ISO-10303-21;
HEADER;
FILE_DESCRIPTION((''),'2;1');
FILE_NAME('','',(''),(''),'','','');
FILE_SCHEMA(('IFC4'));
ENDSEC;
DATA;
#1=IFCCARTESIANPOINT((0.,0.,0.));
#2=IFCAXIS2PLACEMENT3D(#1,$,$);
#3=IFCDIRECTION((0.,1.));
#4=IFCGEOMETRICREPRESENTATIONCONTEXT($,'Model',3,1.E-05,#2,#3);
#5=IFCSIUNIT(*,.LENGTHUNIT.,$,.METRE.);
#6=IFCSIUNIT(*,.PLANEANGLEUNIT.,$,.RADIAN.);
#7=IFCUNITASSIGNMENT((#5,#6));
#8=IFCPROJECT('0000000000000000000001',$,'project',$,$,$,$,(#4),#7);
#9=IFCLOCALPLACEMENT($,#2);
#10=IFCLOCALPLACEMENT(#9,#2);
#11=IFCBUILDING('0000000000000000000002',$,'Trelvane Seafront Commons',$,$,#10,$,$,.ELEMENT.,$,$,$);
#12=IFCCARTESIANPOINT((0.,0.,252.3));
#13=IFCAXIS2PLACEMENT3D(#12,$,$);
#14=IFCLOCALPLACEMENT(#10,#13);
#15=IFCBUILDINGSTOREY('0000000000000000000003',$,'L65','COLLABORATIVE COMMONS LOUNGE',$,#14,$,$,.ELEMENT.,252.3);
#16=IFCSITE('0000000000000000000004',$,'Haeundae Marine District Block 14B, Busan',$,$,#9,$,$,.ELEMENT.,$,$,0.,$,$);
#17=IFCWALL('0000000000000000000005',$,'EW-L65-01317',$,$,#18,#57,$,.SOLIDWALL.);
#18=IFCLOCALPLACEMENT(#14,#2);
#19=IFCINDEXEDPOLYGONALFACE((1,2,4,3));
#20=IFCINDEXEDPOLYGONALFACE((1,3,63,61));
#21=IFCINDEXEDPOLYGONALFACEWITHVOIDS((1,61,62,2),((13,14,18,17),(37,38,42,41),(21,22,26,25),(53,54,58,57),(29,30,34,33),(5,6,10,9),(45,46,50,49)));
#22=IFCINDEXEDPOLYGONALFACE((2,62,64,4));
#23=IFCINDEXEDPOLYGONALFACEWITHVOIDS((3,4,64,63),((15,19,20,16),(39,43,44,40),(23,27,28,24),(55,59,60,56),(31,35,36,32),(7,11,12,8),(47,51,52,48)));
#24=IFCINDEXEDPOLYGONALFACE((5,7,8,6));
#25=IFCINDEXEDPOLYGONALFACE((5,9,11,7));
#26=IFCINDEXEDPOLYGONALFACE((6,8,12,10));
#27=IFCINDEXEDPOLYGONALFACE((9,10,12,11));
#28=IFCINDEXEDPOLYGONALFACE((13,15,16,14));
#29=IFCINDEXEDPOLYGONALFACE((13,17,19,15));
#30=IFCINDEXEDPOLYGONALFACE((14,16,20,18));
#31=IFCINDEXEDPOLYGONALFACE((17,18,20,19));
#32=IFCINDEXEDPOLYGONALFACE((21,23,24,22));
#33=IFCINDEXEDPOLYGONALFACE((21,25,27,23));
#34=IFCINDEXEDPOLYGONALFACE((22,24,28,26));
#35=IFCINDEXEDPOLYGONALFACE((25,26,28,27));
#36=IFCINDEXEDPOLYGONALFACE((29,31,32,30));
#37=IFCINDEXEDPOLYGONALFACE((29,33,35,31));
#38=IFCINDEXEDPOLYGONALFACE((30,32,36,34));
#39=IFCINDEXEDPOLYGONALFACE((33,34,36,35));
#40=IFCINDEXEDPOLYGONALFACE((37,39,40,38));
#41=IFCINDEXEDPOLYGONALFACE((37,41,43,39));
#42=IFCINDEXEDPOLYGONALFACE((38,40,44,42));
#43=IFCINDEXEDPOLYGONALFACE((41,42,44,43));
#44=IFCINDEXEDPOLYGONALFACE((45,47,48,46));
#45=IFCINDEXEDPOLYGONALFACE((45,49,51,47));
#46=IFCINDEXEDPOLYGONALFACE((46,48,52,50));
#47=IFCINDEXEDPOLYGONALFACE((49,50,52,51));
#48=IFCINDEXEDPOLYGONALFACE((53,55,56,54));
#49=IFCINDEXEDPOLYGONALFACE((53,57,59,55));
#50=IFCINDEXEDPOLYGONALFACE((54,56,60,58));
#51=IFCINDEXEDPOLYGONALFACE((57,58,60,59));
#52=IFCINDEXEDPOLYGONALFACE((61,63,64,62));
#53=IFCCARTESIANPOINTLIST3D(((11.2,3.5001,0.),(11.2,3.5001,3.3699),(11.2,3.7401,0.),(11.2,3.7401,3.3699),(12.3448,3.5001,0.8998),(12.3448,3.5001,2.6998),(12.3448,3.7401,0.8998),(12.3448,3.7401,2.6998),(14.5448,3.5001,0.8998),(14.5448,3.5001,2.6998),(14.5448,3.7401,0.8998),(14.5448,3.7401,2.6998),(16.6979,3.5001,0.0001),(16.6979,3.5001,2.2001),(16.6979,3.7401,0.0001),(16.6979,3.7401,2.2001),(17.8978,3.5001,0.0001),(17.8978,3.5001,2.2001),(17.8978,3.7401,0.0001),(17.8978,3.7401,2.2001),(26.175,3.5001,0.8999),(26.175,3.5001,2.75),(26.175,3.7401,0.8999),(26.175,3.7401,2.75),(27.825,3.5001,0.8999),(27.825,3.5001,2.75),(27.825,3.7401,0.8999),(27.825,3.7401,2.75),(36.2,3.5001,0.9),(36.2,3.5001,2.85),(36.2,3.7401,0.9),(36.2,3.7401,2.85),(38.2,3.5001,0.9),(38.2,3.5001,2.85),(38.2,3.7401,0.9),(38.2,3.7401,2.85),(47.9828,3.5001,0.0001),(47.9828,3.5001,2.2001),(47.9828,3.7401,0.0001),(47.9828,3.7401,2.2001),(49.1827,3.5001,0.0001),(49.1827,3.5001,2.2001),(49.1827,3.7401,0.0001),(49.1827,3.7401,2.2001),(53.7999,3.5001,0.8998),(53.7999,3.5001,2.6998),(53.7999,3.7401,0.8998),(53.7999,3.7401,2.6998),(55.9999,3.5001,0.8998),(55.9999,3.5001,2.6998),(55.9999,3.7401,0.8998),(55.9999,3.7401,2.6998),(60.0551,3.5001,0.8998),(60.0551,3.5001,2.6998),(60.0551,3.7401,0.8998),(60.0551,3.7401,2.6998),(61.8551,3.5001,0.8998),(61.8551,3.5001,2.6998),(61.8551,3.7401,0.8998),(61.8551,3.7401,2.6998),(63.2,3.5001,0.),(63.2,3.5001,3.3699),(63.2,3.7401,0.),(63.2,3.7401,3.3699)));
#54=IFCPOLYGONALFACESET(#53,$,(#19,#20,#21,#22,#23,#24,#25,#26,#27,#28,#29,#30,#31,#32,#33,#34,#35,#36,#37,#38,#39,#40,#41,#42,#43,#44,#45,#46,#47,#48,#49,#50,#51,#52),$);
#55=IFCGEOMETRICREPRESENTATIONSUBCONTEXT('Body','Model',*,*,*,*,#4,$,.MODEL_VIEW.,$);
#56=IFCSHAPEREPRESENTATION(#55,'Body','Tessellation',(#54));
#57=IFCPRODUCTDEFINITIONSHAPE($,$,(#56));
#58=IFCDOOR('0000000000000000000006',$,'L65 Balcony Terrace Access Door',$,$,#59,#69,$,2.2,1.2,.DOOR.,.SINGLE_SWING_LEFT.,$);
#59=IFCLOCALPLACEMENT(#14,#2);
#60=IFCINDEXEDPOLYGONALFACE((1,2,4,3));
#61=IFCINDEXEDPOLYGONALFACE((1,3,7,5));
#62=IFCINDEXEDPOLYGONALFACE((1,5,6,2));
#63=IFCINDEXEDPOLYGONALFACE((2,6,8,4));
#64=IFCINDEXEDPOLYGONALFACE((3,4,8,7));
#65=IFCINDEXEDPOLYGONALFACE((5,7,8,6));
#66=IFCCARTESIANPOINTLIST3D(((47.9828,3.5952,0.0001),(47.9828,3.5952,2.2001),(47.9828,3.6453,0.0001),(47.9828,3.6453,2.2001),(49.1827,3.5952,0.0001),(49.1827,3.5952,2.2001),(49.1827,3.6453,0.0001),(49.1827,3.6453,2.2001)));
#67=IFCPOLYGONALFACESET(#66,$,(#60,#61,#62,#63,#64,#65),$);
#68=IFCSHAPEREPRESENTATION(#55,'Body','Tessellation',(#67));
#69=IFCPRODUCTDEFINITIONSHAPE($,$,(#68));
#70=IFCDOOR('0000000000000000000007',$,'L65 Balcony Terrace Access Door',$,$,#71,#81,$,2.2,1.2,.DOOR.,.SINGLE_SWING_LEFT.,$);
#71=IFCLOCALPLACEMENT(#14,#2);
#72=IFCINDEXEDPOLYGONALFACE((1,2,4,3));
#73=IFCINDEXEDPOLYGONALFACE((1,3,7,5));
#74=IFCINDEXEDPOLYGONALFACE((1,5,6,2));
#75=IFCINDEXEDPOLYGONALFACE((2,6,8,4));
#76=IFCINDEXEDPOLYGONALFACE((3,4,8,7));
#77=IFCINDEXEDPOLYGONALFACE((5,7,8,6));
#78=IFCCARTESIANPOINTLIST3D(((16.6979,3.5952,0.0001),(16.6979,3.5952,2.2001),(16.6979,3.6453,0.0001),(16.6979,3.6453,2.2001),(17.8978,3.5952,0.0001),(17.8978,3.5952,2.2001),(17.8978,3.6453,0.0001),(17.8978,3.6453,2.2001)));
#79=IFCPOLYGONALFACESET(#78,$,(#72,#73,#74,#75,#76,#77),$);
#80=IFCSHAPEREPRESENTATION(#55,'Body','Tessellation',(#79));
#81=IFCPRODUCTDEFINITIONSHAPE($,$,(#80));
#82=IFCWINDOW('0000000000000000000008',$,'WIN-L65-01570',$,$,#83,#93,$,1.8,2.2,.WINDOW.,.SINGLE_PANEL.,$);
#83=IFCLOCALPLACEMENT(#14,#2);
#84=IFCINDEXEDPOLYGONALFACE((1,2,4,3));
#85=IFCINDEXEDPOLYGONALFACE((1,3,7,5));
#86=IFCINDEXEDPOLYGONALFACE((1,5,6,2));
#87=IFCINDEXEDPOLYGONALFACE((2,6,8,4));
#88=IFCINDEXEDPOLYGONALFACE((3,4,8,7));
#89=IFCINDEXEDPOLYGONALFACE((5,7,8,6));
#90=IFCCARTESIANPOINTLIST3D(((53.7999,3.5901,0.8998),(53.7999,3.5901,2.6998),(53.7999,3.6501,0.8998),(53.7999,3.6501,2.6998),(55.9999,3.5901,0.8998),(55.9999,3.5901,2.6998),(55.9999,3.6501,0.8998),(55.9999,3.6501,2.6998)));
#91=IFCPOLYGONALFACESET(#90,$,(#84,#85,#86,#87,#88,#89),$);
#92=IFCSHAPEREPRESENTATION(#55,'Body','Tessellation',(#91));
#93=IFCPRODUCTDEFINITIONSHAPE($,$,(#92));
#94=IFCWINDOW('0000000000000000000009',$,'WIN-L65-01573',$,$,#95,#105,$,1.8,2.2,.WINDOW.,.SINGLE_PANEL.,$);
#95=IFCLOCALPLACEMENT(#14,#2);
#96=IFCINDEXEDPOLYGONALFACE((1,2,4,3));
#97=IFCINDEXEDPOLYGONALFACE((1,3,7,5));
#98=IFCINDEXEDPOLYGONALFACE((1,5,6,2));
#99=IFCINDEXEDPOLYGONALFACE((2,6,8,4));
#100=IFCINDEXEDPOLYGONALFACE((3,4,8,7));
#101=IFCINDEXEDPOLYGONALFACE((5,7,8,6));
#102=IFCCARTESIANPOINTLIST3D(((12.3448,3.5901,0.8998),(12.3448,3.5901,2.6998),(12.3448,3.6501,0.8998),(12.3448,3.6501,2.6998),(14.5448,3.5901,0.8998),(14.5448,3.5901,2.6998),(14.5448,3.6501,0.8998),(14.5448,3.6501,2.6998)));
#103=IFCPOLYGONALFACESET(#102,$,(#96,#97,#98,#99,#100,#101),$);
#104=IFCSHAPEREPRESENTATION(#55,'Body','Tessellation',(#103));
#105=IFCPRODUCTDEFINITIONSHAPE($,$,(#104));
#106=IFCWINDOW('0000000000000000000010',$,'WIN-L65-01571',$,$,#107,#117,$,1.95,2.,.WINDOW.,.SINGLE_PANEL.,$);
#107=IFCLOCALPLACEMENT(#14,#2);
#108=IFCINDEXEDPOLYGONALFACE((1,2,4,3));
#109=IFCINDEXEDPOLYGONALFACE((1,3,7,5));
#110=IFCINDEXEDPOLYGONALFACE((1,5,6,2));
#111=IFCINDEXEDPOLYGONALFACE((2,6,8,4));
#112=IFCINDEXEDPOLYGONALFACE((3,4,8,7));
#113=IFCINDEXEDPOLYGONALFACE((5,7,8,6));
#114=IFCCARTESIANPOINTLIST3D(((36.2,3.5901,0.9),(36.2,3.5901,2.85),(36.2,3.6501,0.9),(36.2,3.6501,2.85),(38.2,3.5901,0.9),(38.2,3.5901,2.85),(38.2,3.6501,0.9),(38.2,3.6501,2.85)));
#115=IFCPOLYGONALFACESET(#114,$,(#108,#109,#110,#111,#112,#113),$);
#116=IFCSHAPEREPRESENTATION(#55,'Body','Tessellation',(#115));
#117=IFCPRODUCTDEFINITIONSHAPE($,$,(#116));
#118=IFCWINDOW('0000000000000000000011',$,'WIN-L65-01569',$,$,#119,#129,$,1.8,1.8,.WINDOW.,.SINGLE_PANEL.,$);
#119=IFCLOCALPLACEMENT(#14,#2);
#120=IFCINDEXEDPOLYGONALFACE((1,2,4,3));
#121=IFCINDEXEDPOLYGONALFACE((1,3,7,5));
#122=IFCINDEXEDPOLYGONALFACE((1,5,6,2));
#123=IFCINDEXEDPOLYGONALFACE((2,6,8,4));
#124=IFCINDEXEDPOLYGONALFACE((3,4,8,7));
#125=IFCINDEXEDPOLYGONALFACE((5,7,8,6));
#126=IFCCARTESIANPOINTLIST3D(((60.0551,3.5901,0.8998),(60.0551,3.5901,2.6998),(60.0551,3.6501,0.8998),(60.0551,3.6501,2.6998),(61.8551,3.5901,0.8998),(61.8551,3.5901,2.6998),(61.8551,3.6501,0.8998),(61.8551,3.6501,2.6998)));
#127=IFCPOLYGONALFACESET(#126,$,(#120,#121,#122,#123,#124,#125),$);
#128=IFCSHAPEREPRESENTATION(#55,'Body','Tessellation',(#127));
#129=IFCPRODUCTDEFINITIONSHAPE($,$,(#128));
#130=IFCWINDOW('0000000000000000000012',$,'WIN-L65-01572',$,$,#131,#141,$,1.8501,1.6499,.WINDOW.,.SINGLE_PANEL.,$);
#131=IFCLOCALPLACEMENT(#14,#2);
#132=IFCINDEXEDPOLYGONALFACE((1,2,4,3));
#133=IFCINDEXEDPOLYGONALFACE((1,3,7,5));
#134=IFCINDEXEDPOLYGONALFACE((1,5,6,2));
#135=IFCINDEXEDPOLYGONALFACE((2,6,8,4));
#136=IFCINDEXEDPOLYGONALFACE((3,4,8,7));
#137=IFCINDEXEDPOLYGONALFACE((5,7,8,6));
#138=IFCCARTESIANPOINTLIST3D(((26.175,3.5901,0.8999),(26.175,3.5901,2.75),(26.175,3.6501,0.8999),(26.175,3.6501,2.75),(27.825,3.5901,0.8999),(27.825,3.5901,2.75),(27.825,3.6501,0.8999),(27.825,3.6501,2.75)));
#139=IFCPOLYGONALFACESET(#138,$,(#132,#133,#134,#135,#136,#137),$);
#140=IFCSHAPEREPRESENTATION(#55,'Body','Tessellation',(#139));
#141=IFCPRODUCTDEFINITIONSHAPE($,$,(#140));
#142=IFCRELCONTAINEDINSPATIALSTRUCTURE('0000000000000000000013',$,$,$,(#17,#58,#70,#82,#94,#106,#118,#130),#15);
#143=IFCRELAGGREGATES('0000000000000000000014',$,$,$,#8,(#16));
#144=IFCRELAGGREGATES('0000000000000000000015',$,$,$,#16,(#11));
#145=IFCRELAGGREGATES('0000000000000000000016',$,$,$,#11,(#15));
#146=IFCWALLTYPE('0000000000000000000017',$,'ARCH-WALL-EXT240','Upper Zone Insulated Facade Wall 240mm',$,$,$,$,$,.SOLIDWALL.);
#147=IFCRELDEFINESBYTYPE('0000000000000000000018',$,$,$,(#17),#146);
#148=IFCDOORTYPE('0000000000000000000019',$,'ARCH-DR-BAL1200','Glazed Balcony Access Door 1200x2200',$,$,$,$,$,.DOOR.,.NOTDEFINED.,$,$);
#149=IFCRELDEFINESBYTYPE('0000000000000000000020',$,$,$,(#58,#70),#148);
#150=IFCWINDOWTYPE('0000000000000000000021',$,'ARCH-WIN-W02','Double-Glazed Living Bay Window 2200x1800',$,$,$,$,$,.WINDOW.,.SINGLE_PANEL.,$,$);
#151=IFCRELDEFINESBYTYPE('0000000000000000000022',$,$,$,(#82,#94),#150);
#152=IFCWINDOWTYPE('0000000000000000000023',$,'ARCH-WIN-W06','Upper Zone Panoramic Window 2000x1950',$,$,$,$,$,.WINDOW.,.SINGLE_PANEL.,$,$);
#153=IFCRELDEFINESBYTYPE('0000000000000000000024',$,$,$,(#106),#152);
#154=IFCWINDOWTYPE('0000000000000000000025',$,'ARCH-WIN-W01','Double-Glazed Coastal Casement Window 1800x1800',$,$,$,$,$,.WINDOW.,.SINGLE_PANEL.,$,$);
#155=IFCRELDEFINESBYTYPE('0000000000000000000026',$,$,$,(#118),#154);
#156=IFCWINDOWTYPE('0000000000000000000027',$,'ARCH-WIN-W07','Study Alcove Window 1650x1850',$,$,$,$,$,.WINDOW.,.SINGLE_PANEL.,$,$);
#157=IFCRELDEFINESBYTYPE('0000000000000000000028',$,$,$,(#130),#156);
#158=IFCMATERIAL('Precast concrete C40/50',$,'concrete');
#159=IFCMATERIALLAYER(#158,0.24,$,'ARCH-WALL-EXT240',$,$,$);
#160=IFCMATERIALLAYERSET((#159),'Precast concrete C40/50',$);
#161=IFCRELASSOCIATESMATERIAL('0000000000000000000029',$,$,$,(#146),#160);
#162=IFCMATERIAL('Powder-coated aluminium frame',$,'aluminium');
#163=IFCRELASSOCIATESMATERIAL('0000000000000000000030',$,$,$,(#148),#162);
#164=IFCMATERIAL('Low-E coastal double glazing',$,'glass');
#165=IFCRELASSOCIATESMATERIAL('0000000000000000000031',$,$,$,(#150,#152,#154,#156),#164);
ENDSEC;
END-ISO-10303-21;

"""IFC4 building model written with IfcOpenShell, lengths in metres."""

from ifc_helpers import new_model, si_unit, direction, frame, frame_2d, origin, place, context, subcontext, project, spatial, rectangle, extrude, source, transform, mapped, material, layer, layer_set, type_object, element, fill, save


model = new_model("IFC4")

# Units and contexts
model_context = context("Model", 3, precision=1e-05, world=origin(), true_north=direction((0.0, 1.0)))
body_context = subcontext(model_context, "Body", "Model", "MODEL_VIEW")
ifc_project = project(units=[si_unit("LENGTHUNIT", "METRE"), si_unit("PLANEANGLEUNIT", "RADIAN")], contexts=[model_context])

# Site, building, storey
site_placement = place(None, origin())
site = spatial("IfcSite", under=ifc_project, at=site_placement, Name="Haeundae Marine District Block 14B, Busan", CompositionType="ELEMENT", RefElevation=0.0)
building_placement = place(site_placement, origin())
building = spatial("IfcBuilding", under=site, at=building_placement, Name="Trelvane Seafront Commons", CompositionType="ELEMENT")
storey_placement = place(building_placement, frame((0.0, 0.0, 252.3)))
storey = spatial("IfcBuildingStorey", under=building, at=storey_placement, Name="L65", Description="COLLABORATIVE COMMONS LOUNGE", CompositionType="ELEMENT", Elevation=252.3)

# Shared definitions
ifc_material_1 = material(Name="Precast concrete C40/50", Category="concrete")
ifc_layer_1 = layer(ifc_material_1, 0.24, Name="ARCH-WALL-EXT240")
ifc_layer_set_1 = layer_set([ifc_layer_1], Name="Precast concrete C40/50")
wall_type_1 = type_object("IfcWallType", Name="ARCH-WALL-EXT240", Description="Upper Zone Insulated Facade Wall 240mm", PredefinedType="SOLIDWALL", material=ifc_layer_set_1)

# Wall, openings, doors, windows
wall_1_placement = place(storey_placement, frame((63.2, 3.6201, 0.0), z_axis=(0.0, 0.0, 1.0), x_axis=(-1.0, 0.0, 0.0)))
wall_1 = element("IfcWall", 1, at=wall_1_placement, inside=storey, type_object=wall_type_1, Name="EW-L65-01317", PredefinedType="SOLIDWALL", context=body_context, shape_type="SweptSolid", body=[
    extrude(rectangle(XDim=52.0, YDim=0.24, at=frame_2d((26.0, 0.0))), origin(), (0.0, 0.0, 1.0), 3.3699),
])
opening_1_placement = place(wall_1_placement, frame((1.345, 0.0, 0.8999)))
opening_1 = element("IfcOpeningElement", 2, at=opening_1_placement, cuts=wall_1, PredefinedType="OPENING", context=body_context, shape_type="SweptSolid", body=[
    extrude(rectangle(XDim=1.8, YDim=1.8, at=frame_2d((0.8999, 0.8999))), frame((0.0, 0.1299, 0.0), z_axis=(0.0, -1.0, 0.0), x_axis=(1.0, 0.0, 0.0)), (0.0, 0.0, 1.0), 0.26),
])
opening_2_placement = place(wall_1_placement, frame((7.2, 0.0, 0.8999)))
opening_2 = element("IfcOpeningElement", 3, at=opening_2_placement, cuts=wall_1, PredefinedType="OPENING", context=body_context, shape_type="SweptSolid", body=[
    extrude(rectangle(XDim=2.2, YDim=1.8, at=frame_2d((1.1001, 0.8999))), frame((0.0, 0.1299, 0.0), z_axis=(0.0, -1.0, 0.0), x_axis=(1.0, 0.0, 0.0)), (0.0, 0.0, 1.0), 0.26),
])
opening_3_placement = place(wall_1_placement, frame((14.0171, 0.0, 0.0)))
opening_3 = element("IfcOpeningElement", 4, at=opening_3_placement, cuts=wall_1, PredefinedType="OPENING", context=body_context, shape_type="SweptSolid", body=[
    extrude(rectangle(XDim=1.2, YDim=2.2, at=frame_2d((0.6001, 1.1001))), frame((0.0, 0.1299, 0.0), z_axis=(0.0, -1.0, 0.0), x_axis=(1.0, 0.0, 0.0)), (0.0, 0.0, 1.0), 0.26),
])
opening_4_placement = place(wall_1_placement, frame((25.0, 0.0, 0.8999)))
opening_4 = element("IfcOpeningElement", 5, at=opening_4_placement, cuts=wall_1, PredefinedType="OPENING", context=body_context, shape_type="SweptSolid", body=[
    extrude(rectangle(XDim=2.0, YDim=1.95, at=frame_2d((1.0, 0.9751))), frame((0.0, 0.1299, 0.0), z_axis=(0.0, -1.0, 0.0), x_axis=(1.0, 0.0, 0.0)), (0.0, 0.0, 1.0), 0.26),
])
opening_5_placement = place(wall_1_placement, frame((35.375, 0.0, 0.8999)))
opening_5 = element("IfcOpeningElement", 6, at=opening_5_placement, cuts=wall_1, PredefinedType="OPENING", context=body_context, shape_type="SweptSolid", body=[
    extrude(rectangle(XDim=1.6499, YDim=1.8501, at=frame_2d((0.825, 0.925))), frame((0.0, 0.1299, 0.0), z_axis=(0.0, -1.0, 0.0), x_axis=(1.0, 0.0, 0.0)), (0.0, 0.0, 1.0), 0.26),
])
opening_6_placement = place(wall_1_placement, frame((45.302, 0.0, 0.0)))
opening_6 = element("IfcOpeningElement", 7, at=opening_6_placement, cuts=wall_1, PredefinedType="OPENING", context=body_context, shape_type="SweptSolid", body=[
    extrude(rectangle(XDim=1.2, YDim=2.2, at=frame_2d((0.6001, 1.1001))), frame((0.0, 0.1299, 0.0), z_axis=(0.0, -1.0, 0.0), x_axis=(1.0, 0.0, 0.0)), (0.0, 0.0, 1.0), 0.26),
])
opening_7_placement = place(wall_1_placement, frame((48.655, 0.0, 0.8999)))
opening_7 = element("IfcOpeningElement", 8, at=opening_7_placement, cuts=wall_1, PredefinedType="OPENING", context=body_context, shape_type="SweptSolid", body=[
    extrude(rectangle(XDim=2.2, YDim=1.8, at=frame_2d((1.1001, 0.8999))), frame((0.0, 0.1299, 0.0), z_axis=(0.0, -1.0, 0.0), x_axis=(1.0, 0.0, 0.0)), (0.0, 0.0, 1.0), 0.26),
])
ifc_material_2 = material(Name="Powder-coated aluminium frame", Category="aluminium")
door_type = type_object("IfcDoorType", Name="ARCH-DR-BAL1200", Description="Glazed Balcony Access Door 1200x2200", OperationType="NOTDEFINED", PredefinedType="DOOR", material=ifc_material_2)
shared_shape_1 = source(origin(), body_context, "Body", "SweptSolid", [
    extrude(rectangle(XDim=1.2, YDim=2.2, at=frame_2d((0.6001, 1.1001))), frame((0.0, 0.0249, 0.0), z_axis=(0.0, -1.0, 0.0), x_axis=(1.0, 0.0, 0.0)), (0.0, 0.0, 1.0), 0.05),
])
door_1_placement = place(opening_3_placement, origin())
door_1 = element("IfcDoor", 9, at=door_1_placement, inside=storey, type_object=door_type, Name="L65 Balcony Terrace Access Door", OperationType="SINGLE_SWING_LEFT", OverallHeight=2.2, OverallWidth=1.2, PredefinedType="DOOR", context=body_context, shape_type="MappedRepresentation", body=[
    mapped(shared_shape_1, transform((0.0, 0.0, 0.0), x_axis=(1.0, 0.0, 0.0), y_axis=(0.0, 1.0, 0.0), z_axis=(0.0, 0.0, 1.0), scale=1.0)),
])
fill(opening_3, door_1)
door_2_placement = place(opening_6_placement, origin())
door_2 = element("IfcDoor", 10, at=door_2_placement, inside=storey, type_object=door_type, Name="L65 Balcony Terrace Access Door", OperationType="SINGLE_SWING_LEFT", OverallHeight=2.2, OverallWidth=1.2, PredefinedType="DOOR", context=body_context, shape_type="MappedRepresentation", body=[
    mapped(shared_shape_1, transform((0.0, 0.0, 0.0), x_axis=(1.0, 0.0, 0.0), y_axis=(0.0, 1.0, 0.0), z_axis=(0.0, 0.0, 1.0), scale=1.0)),
])
fill(opening_6, door_2)
ifc_material_3 = material(Name="Low-E coastal double glazing", Category="glass")
window_type_1 = type_object("IfcWindowType", Name="ARCH-WIN-W02", Description="Double-Glazed Living Bay Window 2200x1800", PartitioningType="SINGLE_PANEL", PredefinedType="WINDOW", material=ifc_material_3)
shared_shape_2 = source(origin(), body_context, "Body", "SweptSolid", [
    extrude(rectangle(XDim=2.2, YDim=1.8, at=frame_2d((1.1001, 0.8999))), frame((0.0, 0.03, 0.0), z_axis=(0.0, -1.0, 0.0), x_axis=(1.0, 0.0, 0.0)), (0.0, 0.0, 1.0), 0.0601),
])
window_1_placement = place(opening_2_placement, origin())
window_1 = element("IfcWindow", 11, at=window_1_placement, inside=storey, type_object=window_type_1, Name="WIN-L65-01570", OverallHeight=1.8, OverallWidth=2.2, PartitioningType="SINGLE_PANEL", PredefinedType="WINDOW", context=body_context, shape_type="MappedRepresentation", body=[
    mapped(shared_shape_2, transform((0.0, 0.0, 0.0), x_axis=(1.0, 0.0, 0.0), y_axis=(0.0, 1.0, 0.0), z_axis=(0.0, 0.0, 1.0), scale=1.0)),
])
fill(opening_2, window_1)
window_2_placement = place(opening_7_placement, origin())
window_2 = element("IfcWindow", 12, at=window_2_placement, inside=storey, type_object=window_type_1, Name="WIN-L65-01573", OverallHeight=1.8, OverallWidth=2.2, PartitioningType="SINGLE_PANEL", PredefinedType="WINDOW", context=body_context, shape_type="MappedRepresentation", body=[
    mapped(shared_shape_2, transform((0.0, 0.0, 0.0), x_axis=(1.0, 0.0, 0.0), y_axis=(0.0, 1.0, 0.0), z_axis=(0.0, 0.0, 1.0), scale=1.0)),
])
fill(opening_7, window_2)
window_type_2 = type_object("IfcWindowType", Name="ARCH-WIN-W06", Description="Upper Zone Panoramic Window 2000x1950", PartitioningType="SINGLE_PANEL", PredefinedType="WINDOW", material=ifc_material_3)
shared_shape_3 = source(origin(), body_context, "Body", "SweptSolid", [
    extrude(rectangle(XDim=2.0, YDim=1.95, at=frame_2d((1.0, 0.9751))), frame((0.0, 0.03, 0.0), z_axis=(0.0, -1.0, 0.0), x_axis=(1.0, 0.0, 0.0)), (0.0, 0.0, 1.0), 0.0601),
])
window_3_placement = place(opening_4_placement, origin())
window_3 = element("IfcWindow", 13, at=window_3_placement, inside=storey, type_object=window_type_2, Name="WIN-L65-01571", OverallHeight=1.95, OverallWidth=2.0, PartitioningType="SINGLE_PANEL", PredefinedType="WINDOW", context=body_context, shape_type="MappedRepresentation", body=[
    mapped(shared_shape_3, transform((0.0, 0.0, 0.0), x_axis=(1.0, 0.0, 0.0), y_axis=(0.0, 1.0, 0.0), z_axis=(0.0, 0.0, 1.0), scale=1.0)),
])
fill(opening_4, window_3)
window_type_3 = type_object("IfcWindowType", Name="ARCH-WIN-W01", Description="Double-Glazed Coastal Casement Window 1800x1800", PartitioningType="SINGLE_PANEL", PredefinedType="WINDOW", material=ifc_material_3)
shared_shape_4 = source(origin(), body_context, "Body", "SweptSolid", [
    extrude(rectangle(XDim=1.8, YDim=1.8, at=frame_2d((0.8999, 0.8999))), frame((0.0, 0.03, 0.0), z_axis=(0.0, -1.0, 0.0), x_axis=(1.0, 0.0, 0.0)), (0.0, 0.0, 1.0), 0.0601),
])
window_4_placement = place(opening_1_placement, origin())
window_4 = element("IfcWindow", 14, at=window_4_placement, inside=storey, type_object=window_type_3, Name="WIN-L65-01569", OverallHeight=1.8, OverallWidth=1.8, PartitioningType="SINGLE_PANEL", PredefinedType="WINDOW", context=body_context, shape_type="MappedRepresentation", body=[
    mapped(shared_shape_4, transform((0.0, 0.0, 0.0), x_axis=(1.0, 0.0, 0.0), y_axis=(0.0, 1.0, 0.0), z_axis=(0.0, 0.0, 1.0), scale=1.0)),
])
fill(opening_1, window_4)
window_type_4 = type_object("IfcWindowType", Name="ARCH-WIN-W07", Description="Study Alcove Window 1650x1850", PartitioningType="SINGLE_PANEL", PredefinedType="WINDOW", material=ifc_material_3)
shared_shape_5 = source(origin(), body_context, "Body", "SweptSolid", [
    extrude(rectangle(XDim=1.6499, YDim=1.8501, at=frame_2d((0.825, 0.925))), frame((0.0, 0.03, 0.0), z_axis=(0.0, -1.0, 0.0), x_axis=(1.0, 0.0, 0.0)), (0.0, 0.0, 1.0), 0.0601),
])
window_5_placement = place(opening_5_placement, origin())
window_5 = element("IfcWindow", 15, at=window_5_placement, inside=storey, type_object=window_type_4, Name="WIN-L65-01572", OverallHeight=1.8501, OverallWidth=1.6499, PartitioningType="SINGLE_PANEL", PredefinedType="WINDOW", context=body_context, shape_type="MappedRepresentation", body=[
    mapped(shared_shape_5, transform((0.0, 0.0, 0.0), x_axis=(1.0, 0.0, 0.0), y_axis=(0.0, 1.0, 0.0), z_axis=(0.0, 0.0, 1.0), scale=1.0)),
])
fill(opening_5, window_5)

save(model, "model.ifc")
